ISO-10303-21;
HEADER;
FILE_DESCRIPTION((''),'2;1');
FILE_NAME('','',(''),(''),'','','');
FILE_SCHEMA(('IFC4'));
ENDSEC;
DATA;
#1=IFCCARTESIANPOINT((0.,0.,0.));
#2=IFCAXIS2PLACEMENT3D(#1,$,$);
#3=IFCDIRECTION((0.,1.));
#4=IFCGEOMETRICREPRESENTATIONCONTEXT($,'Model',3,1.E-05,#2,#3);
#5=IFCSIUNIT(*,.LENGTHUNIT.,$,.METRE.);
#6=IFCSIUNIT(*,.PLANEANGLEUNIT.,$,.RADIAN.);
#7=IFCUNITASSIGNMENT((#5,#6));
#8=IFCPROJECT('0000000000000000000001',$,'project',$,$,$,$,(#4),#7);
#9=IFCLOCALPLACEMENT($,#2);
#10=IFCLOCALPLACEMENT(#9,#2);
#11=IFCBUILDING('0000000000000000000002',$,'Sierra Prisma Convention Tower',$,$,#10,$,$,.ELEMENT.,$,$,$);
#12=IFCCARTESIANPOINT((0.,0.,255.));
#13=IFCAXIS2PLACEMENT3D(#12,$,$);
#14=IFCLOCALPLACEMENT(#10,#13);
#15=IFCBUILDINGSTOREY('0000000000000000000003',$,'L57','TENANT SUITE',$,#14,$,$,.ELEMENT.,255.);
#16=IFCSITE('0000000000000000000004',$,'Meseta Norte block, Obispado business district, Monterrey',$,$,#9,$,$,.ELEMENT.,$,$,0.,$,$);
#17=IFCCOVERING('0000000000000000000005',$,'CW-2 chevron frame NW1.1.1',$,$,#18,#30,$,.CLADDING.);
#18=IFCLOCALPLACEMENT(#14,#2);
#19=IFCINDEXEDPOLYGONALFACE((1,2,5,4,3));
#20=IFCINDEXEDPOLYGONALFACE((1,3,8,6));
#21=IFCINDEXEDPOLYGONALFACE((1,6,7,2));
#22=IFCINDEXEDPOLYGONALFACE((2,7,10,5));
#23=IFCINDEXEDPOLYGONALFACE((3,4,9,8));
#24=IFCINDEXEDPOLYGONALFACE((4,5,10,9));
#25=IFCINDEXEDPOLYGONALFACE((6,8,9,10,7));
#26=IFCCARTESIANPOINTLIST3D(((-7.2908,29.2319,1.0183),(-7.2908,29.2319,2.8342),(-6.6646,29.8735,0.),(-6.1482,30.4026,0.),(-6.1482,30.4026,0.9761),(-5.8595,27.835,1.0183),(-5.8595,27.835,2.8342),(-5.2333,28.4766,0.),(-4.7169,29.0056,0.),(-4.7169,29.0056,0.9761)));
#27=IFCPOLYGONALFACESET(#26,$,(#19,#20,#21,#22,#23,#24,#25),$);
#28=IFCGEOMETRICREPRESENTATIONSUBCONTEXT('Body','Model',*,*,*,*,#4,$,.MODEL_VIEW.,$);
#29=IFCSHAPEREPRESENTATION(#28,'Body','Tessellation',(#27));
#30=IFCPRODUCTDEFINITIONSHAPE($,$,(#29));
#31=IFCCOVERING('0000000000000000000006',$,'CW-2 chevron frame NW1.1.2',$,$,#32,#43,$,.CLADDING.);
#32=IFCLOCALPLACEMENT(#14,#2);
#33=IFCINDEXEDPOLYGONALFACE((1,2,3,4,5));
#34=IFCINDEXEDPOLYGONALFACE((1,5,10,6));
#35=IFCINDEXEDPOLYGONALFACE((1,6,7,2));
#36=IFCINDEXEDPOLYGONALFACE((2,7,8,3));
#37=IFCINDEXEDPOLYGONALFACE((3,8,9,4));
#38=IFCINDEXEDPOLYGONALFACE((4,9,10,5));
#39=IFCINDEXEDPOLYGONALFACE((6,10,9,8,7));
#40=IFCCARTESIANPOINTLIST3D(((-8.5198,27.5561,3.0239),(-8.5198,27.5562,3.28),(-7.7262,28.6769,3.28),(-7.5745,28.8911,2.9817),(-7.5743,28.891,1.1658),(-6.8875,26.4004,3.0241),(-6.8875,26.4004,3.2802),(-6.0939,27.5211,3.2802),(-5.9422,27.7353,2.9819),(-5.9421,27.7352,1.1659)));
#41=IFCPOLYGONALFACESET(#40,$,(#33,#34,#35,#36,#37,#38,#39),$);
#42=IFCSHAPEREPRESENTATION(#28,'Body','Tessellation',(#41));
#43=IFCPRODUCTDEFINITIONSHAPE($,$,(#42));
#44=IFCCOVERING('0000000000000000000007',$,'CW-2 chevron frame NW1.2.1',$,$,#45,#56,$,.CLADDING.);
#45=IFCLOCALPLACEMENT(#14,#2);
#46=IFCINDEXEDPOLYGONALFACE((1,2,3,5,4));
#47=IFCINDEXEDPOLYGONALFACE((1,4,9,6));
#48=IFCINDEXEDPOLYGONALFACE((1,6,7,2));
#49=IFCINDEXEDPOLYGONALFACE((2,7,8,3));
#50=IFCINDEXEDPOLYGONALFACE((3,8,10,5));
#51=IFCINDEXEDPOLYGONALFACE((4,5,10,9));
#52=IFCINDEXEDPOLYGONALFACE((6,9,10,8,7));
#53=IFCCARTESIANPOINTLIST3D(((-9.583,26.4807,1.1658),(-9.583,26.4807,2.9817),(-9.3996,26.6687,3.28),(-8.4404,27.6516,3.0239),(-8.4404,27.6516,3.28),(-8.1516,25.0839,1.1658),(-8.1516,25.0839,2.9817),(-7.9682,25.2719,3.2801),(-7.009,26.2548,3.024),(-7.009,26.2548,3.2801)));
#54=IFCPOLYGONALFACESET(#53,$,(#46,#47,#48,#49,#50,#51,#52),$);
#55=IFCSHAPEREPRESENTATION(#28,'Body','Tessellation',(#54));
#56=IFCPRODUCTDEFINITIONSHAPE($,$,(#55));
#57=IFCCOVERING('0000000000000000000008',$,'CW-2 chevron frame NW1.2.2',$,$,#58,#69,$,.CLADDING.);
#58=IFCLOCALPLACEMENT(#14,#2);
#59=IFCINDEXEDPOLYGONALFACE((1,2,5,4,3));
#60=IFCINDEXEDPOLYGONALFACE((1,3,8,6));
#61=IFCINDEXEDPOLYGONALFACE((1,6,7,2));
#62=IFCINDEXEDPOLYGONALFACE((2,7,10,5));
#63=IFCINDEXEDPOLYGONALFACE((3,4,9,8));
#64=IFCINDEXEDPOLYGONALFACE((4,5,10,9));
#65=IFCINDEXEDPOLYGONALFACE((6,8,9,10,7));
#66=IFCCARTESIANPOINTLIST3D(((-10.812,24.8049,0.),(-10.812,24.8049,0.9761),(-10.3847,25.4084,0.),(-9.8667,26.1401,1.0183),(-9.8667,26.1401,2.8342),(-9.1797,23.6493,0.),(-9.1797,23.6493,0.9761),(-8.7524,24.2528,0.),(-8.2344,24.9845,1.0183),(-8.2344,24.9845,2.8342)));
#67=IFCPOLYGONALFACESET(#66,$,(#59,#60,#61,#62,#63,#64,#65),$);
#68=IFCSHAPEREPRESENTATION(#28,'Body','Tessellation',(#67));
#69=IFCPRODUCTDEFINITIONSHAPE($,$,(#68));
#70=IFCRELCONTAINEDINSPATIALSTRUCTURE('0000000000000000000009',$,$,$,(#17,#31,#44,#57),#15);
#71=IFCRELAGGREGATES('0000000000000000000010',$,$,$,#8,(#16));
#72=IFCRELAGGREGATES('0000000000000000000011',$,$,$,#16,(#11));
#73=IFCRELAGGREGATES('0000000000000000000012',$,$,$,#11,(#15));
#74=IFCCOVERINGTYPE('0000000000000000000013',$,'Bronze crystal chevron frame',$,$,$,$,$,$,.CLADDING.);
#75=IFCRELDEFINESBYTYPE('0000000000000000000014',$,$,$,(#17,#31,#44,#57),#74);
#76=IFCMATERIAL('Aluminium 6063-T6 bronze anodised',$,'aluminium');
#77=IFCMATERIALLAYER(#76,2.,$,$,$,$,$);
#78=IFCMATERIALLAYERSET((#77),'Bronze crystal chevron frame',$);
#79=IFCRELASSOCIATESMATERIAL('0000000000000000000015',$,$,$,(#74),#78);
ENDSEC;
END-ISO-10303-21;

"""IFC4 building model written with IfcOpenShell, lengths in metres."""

from ifc_helpers import new_model, si_unit, direction, frame, origin, place, context, subcontext, project, spatial, polyline, outline, extrude, material, layer, layer_set, type_object, element, save


model = new_model("IFC4")

# Units and contexts
model_context = context("Model", 3, precision=1e-05, world=origin(), true_north=direction((0.0, 1.0)))
body_context = subcontext(model_context, "Body", "Model", "MODEL_VIEW")
ifc_project = project(units=[si_unit("LENGTHUNIT", "METRE"), si_unit("PLANEANGLEUNIT", "RADIAN")], contexts=[model_context])

# Site, building, storey
site_placement = place(None, origin())
site = spatial("IfcSite", under=ifc_project, at=site_placement, Name="Meseta Norte block, Obispado business district, Monterrey", CompositionType="ELEMENT", RefElevation=0.0)
building_placement = place(site_placement, origin())
building = spatial("IfcBuilding", under=site, at=building_placement, Name="Sierra Prisma Convention Tower", CompositionType="ELEMENT")
storey_placement = place(building_placement, frame((0.0, 0.0, 255.0)))
storey = spatial("IfcBuildingStorey", under=building, at=storey_placement, Name="L57", Description="TENANT SUITE", CompositionType="ELEMENT", Elevation=255.0)

# Coverings
ifc_material_1 = material(Name="Aluminium 6063-T6 bronze anodised", Category="aluminium")
ifc_layer_1 = layer(ifc_material_1, 2.0)
ifc_layer_set_1 = layer_set([ifc_layer_1], Name="Bronze crystal chevron frame")
covering_type = type_object("IfcCoveringType", Name="Bronze crystal chevron frame", PredefinedType="CLADDING", material=ifc_layer_set_1)
covering_1_placement = place(storey_placement, frame((-6.1482, 30.4026, 0.0), z_axis=(-0.715637, 0.698472, -0.000002), x_axis=(-0.698472, -0.715637, 0.0)))
element("IfcCovering", 1, at=covering_1_placement, inside=storey, type_object=covering_type, Name="CW-2 chevron frame NW1.1.1", PredefinedType="CLADDING", context=body_context, shape_type="SweptSolid", body=[
    extrude(outline(polyline([(0.0, 0.0), (0.7393, 0.0), (1.6358, 1.0183), (1.6358, 2.8342), (0.0, 0.9761), (0.0, 0.0)])), origin(), (0.0, 0.0, -1.0), 2.0),
])
covering_2_placement = place(storey_placement, frame((-7.5745, 28.8911, 2.9817), z_axis=(-0.816115, 0.577889, -0.000084), x_axis=(0.000069, -0.000049, -1.0)))
element("IfcCovering", 2, at=covering_2_placement, inside=storey, type_object=covering_type, Name="CW-2 chevron frame NW1.1.2", PredefinedType="CLADDING", context=body_context, shape_type="SweptSolid", body=[
    extrude(outline(polyline([(0.0, 0.0), (1.8159, 0.0), (-0.0422, 1.6358), (-0.2983, 1.6358), (-0.2983, 0.2625), (0.0, 0.0)])), origin(), (0.0, 0.0, -1.0), 2.0),
])
covering_3_placement = place(storey_placement, frame((-8.4404, 27.6516, 3.28), z_axis=(-0.715706, 0.698402, -0.000028), x_axis=(0.00002, -0.00002, -1.0)))
element("IfcCovering", 3, at=covering_3_placement, inside=storey, type_object=covering_type, Name="CW-2 chevron frame NW1.2.1", PredefinedType="CLADDING", context=body_context, shape_type="SweptSolid", body=[
    extrude(outline(polyline([(0.0, 0.0), (0.2561, 0.0), (2.1143, 1.636), (0.2983, 1.636), (0.0, 1.3734), (0.0, 0.0)])), origin(), (0.0, 0.0, -1.0), 2.0),
])
covering_4_placement = place(storey_placement, frame((-10.812, 24.8049, 0.0), z_axis=(-0.81616, 0.577826, 0.000009), x_axis=(0.000008, -0.000005, 1.0)))
element("IfcCovering", 4, at=covering_4_placement, inside=storey, type_object=covering_type, Name="CW-2 chevron frame NW1.2.2", PredefinedType="CLADDING", context=body_context, shape_type="SweptSolid", body=[
    extrude(outline(polyline([(0.0, 0.0), (0.9761, 0.0), (2.8342, 1.636), (1.0183, 1.636), (0.0, 0.7394), (0.0, 0.0)])), origin(), (0.0, 0.0, -1.0), 2.0),
])

save(model, "model.ifc")
